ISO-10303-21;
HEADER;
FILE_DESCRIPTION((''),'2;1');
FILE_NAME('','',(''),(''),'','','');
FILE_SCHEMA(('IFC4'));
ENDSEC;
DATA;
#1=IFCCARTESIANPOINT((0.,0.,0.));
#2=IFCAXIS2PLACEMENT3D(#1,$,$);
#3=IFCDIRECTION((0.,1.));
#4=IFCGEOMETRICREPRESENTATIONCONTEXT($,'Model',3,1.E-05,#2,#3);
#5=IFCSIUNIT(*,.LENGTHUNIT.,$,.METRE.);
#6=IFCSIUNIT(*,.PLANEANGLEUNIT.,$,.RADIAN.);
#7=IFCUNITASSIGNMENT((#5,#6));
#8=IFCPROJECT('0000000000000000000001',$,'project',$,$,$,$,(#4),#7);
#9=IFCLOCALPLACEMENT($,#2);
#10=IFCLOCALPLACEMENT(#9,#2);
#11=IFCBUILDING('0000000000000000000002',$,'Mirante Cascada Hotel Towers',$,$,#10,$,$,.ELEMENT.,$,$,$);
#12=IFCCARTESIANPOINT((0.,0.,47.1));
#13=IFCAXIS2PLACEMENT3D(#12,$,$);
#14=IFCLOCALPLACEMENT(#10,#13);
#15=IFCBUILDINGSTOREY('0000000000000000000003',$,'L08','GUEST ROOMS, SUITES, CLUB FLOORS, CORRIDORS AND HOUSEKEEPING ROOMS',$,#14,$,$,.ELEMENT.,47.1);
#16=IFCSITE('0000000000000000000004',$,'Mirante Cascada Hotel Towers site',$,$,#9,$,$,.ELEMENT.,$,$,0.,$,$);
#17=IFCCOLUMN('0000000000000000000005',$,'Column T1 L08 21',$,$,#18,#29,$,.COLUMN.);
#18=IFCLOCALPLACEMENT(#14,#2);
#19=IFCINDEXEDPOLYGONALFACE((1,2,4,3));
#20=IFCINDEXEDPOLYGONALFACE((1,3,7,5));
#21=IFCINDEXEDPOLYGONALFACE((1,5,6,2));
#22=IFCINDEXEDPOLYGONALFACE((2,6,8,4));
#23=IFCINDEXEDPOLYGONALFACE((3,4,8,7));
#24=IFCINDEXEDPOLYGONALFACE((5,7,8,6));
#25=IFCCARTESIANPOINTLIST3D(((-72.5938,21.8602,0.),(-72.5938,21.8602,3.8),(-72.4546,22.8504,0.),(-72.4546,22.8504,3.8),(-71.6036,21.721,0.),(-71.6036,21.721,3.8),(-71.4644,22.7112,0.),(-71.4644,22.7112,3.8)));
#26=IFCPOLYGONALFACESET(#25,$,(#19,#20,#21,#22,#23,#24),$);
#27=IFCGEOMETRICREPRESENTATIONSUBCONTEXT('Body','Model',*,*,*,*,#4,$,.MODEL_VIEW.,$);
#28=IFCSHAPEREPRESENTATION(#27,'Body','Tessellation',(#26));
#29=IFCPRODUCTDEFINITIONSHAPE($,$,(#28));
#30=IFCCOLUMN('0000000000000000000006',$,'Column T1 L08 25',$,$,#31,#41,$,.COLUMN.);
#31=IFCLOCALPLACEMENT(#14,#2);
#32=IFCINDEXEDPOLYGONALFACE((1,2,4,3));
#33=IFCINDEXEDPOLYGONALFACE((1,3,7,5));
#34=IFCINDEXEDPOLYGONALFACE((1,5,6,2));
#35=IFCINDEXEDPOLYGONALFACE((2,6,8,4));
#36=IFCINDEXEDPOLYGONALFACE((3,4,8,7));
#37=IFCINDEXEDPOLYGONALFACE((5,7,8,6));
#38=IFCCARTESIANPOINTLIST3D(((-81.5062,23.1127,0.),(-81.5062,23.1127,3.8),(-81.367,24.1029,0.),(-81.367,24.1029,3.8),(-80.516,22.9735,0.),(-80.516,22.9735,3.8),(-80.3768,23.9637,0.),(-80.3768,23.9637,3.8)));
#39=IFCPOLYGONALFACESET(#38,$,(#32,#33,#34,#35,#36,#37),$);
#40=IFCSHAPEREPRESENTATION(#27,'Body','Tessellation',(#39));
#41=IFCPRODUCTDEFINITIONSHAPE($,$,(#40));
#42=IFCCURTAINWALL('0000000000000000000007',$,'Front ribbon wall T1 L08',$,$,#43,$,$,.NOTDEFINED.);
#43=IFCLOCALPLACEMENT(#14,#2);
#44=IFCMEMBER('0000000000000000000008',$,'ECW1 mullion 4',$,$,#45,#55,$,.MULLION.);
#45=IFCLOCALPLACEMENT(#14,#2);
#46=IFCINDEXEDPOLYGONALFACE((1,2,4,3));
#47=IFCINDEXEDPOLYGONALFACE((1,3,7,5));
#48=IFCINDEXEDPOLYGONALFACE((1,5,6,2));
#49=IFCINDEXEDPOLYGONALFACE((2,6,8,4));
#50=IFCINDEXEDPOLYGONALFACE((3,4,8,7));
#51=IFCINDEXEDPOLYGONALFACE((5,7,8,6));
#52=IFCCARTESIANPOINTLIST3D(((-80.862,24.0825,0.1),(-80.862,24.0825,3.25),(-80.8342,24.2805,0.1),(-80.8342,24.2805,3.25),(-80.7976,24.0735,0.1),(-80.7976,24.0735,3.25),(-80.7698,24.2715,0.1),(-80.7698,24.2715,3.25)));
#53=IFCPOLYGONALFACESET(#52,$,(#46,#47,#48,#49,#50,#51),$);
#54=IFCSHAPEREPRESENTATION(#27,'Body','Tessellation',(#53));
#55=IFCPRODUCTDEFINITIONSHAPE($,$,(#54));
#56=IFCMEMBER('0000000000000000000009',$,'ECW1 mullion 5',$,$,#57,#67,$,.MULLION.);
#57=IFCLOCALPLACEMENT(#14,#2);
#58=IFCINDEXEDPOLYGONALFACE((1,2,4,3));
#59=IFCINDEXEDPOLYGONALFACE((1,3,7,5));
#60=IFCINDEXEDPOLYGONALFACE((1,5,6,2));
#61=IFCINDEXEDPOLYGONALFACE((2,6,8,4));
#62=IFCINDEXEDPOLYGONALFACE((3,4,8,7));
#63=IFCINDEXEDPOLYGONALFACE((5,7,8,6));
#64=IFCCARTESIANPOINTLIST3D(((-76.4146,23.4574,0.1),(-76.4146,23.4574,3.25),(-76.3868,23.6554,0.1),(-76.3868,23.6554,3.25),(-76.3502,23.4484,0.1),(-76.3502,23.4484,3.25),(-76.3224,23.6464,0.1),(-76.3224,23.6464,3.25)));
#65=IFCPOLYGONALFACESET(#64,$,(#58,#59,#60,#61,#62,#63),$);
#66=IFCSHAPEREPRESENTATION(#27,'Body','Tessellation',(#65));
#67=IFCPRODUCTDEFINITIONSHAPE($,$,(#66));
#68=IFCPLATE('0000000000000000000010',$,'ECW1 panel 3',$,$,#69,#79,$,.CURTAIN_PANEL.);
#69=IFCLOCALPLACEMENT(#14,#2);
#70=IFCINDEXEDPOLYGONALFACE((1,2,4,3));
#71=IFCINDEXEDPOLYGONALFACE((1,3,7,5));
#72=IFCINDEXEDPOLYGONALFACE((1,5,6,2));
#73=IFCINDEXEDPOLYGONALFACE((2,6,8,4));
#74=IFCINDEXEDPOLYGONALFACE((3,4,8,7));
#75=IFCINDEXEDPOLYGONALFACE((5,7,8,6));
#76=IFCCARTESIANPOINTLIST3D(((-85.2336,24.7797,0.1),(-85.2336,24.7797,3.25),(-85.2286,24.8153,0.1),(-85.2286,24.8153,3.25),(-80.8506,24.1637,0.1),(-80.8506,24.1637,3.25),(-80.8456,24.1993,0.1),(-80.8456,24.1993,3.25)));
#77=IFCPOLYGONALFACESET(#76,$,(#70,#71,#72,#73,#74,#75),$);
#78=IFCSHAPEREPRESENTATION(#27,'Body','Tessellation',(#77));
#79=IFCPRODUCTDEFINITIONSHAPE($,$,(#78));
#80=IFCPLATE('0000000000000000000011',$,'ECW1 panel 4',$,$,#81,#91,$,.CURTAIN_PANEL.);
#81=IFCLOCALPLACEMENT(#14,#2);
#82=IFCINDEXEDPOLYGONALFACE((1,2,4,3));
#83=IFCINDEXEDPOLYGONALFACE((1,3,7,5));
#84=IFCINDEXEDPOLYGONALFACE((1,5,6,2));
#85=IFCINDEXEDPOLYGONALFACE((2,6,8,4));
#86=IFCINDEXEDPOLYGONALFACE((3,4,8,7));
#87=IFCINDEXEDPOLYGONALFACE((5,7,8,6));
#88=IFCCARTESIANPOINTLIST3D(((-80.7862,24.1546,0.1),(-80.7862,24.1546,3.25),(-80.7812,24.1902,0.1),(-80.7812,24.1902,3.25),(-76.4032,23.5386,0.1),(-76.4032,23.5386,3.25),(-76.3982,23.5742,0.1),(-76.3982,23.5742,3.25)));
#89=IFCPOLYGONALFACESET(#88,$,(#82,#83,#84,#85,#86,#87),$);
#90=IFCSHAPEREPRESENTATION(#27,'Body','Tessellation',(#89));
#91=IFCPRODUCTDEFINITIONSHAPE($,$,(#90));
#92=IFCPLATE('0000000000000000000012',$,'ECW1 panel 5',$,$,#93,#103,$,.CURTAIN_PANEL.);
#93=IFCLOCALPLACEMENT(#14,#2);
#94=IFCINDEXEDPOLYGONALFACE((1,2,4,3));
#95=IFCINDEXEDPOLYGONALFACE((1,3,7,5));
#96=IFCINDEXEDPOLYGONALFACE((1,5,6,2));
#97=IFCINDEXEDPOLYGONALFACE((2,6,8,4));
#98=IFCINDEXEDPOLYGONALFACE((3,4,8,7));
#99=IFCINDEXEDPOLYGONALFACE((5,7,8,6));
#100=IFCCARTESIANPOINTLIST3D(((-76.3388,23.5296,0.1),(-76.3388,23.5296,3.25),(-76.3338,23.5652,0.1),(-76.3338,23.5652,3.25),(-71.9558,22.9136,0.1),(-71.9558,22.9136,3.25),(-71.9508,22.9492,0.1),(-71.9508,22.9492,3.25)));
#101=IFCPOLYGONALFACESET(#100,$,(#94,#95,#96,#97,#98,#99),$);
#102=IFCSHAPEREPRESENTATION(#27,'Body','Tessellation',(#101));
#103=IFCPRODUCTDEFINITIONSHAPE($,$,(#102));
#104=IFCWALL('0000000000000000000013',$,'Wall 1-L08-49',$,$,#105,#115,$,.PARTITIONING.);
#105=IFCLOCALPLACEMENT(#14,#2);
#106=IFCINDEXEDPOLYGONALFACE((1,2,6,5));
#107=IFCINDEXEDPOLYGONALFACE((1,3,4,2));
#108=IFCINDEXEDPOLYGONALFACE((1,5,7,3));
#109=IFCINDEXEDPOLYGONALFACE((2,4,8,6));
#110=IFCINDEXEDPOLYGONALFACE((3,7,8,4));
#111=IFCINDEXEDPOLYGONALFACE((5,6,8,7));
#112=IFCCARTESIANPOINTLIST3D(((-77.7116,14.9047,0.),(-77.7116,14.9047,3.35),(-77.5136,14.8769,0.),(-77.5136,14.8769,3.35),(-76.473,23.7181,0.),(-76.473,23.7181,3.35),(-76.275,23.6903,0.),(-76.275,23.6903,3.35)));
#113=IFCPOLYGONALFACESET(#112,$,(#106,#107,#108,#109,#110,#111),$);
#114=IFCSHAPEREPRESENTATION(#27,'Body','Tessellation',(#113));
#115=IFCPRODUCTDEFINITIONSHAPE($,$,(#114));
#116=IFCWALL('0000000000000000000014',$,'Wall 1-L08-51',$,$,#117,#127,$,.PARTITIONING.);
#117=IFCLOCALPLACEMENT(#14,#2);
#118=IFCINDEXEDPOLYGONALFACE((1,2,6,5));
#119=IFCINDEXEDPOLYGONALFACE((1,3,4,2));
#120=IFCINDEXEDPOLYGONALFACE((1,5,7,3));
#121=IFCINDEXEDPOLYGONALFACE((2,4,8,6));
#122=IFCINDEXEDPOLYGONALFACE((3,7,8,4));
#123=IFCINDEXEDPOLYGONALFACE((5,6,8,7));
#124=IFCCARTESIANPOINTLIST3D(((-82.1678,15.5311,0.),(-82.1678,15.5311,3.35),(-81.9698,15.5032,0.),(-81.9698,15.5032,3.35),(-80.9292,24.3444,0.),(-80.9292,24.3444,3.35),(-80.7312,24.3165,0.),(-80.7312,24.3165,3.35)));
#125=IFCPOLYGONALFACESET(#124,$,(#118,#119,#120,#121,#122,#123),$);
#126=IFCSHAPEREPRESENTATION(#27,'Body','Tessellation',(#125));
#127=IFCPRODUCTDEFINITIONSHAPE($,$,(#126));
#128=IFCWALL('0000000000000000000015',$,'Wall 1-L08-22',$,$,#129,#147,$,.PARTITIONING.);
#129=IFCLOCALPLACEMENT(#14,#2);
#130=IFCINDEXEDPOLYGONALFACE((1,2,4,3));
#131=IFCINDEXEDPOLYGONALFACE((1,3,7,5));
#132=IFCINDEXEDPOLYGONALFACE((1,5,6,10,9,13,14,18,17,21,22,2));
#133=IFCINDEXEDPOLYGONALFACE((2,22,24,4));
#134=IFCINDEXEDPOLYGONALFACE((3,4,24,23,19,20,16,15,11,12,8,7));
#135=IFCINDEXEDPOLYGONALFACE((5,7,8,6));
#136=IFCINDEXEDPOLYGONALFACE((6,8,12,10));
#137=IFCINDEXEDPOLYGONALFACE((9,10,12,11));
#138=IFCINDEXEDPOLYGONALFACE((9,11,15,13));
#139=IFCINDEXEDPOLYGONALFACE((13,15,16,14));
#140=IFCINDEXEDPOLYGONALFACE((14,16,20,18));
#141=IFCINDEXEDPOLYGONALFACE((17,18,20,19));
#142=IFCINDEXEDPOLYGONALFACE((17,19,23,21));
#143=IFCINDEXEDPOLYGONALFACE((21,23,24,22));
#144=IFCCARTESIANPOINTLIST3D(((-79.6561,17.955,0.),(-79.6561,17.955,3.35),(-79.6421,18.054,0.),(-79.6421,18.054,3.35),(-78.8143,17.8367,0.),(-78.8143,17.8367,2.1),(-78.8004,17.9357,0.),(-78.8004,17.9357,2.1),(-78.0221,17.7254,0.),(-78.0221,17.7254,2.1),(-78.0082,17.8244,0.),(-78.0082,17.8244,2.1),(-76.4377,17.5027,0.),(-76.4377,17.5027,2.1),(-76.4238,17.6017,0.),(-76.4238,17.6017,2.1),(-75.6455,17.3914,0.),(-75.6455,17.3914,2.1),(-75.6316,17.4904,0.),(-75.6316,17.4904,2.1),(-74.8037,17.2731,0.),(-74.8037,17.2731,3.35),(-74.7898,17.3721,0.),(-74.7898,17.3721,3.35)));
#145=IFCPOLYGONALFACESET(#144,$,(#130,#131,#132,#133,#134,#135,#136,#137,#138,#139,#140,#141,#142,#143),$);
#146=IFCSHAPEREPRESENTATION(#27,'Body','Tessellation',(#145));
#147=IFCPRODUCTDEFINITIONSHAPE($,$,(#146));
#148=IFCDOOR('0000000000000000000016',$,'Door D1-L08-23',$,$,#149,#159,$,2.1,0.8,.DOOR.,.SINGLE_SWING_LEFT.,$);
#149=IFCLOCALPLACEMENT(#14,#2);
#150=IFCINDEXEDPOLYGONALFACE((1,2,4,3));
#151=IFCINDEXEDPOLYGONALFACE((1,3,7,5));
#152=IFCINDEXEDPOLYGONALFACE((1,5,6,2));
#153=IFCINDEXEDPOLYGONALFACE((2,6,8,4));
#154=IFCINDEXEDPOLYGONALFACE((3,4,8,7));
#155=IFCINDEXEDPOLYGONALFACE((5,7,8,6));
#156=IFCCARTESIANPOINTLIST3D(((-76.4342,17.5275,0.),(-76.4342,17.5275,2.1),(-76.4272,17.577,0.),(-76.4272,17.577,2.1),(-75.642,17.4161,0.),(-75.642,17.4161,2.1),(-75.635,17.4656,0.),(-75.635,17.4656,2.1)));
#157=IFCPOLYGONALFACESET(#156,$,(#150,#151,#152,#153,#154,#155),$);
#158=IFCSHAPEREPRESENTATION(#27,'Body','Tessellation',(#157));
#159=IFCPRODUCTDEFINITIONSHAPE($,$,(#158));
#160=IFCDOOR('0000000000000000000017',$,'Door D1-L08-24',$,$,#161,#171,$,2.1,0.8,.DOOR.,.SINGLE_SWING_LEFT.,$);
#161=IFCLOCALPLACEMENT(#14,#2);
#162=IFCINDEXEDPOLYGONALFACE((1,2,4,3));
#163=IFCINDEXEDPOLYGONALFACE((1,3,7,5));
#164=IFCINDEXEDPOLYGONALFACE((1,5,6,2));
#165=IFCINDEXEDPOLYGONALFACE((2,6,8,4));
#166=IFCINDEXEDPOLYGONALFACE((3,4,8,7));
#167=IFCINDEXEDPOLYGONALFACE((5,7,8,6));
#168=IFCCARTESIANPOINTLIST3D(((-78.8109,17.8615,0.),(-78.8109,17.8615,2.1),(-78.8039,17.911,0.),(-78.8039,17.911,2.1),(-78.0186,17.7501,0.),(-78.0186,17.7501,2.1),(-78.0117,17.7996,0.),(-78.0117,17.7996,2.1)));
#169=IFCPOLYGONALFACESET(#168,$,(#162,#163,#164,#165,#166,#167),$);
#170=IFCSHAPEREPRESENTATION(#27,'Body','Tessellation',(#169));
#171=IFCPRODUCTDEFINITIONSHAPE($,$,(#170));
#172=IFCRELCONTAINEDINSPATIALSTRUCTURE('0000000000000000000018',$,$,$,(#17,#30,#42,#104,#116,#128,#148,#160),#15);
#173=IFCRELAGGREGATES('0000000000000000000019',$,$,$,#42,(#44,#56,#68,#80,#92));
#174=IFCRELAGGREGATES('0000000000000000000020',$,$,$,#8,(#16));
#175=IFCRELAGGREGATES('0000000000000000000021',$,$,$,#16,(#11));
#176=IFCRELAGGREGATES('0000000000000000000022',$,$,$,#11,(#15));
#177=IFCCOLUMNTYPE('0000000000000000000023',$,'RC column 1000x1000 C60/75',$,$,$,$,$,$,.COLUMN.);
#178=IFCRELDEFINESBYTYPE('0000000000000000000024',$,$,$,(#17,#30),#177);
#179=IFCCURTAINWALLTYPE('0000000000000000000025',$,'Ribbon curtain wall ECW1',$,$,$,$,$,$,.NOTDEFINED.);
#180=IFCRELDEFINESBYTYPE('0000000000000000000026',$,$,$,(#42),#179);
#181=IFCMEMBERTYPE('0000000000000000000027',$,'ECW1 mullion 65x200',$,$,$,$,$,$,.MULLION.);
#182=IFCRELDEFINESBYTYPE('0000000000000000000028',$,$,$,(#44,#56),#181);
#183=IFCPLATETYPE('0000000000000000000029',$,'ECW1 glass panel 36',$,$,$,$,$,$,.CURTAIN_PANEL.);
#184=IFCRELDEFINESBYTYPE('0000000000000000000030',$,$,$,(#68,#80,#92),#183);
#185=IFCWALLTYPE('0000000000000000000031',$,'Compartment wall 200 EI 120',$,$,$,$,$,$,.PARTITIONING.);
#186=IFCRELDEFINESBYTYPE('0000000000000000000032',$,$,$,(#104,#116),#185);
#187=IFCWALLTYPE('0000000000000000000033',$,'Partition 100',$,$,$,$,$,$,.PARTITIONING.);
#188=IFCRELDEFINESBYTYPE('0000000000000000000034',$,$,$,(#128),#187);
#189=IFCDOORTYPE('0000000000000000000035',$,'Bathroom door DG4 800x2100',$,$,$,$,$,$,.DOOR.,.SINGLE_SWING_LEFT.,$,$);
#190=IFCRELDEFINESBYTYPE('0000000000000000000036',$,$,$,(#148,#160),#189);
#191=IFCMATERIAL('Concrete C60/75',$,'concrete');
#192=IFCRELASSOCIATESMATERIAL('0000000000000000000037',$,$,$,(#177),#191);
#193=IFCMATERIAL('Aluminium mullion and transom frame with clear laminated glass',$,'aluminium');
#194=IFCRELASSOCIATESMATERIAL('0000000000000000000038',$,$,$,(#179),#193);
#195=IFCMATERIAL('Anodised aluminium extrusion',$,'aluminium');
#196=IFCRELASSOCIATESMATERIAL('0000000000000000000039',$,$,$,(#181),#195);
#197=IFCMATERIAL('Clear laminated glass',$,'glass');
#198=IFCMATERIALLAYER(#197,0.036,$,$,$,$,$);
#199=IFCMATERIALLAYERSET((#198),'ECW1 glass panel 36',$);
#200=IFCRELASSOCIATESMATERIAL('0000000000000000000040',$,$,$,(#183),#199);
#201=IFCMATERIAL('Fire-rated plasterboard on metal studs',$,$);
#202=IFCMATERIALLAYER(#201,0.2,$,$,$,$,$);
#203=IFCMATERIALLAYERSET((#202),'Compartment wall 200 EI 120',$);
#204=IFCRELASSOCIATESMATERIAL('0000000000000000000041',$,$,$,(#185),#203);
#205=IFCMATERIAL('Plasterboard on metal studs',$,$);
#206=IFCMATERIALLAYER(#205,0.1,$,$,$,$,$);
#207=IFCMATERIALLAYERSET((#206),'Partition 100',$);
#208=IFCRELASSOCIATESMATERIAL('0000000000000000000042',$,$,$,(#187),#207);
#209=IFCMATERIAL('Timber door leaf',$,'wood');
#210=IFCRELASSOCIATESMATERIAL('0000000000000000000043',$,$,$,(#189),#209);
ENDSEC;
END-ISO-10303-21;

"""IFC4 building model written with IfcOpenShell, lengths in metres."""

from ifc_helpers import new_model, si_unit, direction, frame, frame_2d, origin, origin_2d, place, context, subcontext, project, spatial, rectangle, extrude, material, layer, layer_set, material_profile, profile_set, type_object, element, fill, aggregate, save


model = new_model("IFC4")

# Units and contexts
model_context = context("Model", 3, precision=1e-05, world=origin(), true_north=direction((0.0, 1.0)))
body_context = subcontext(model_context, "Body", "Model", "MODEL_VIEW")
ifc_project = project(units=[si_unit("LENGTHUNIT", "METRE"), si_unit("PLANEANGLEUNIT", "RADIAN")], contexts=[model_context])

# Site, building, storey
site_placement = place(None, origin())
site = spatial("IfcSite", under=ifc_project, at=site_placement, Name="Mirante Cascada Hotel Towers site", CompositionType="ELEMENT", RefElevation=0.0)
building_placement = place(site_placement, origin())
building = spatial("IfcBuilding", under=site, at=building_placement, Name="Mirante Cascada Hotel Towers", CompositionType="ELEMENT")
storey_placement = place(building_placement, frame((0.0, 0.0, 47.1)))
storey = spatial("IfcBuildingStorey", under=building, at=storey_placement, Name="L08", Description="GUEST ROOMS, SUITES, CLUB FLOORS, CORRIDORS AND HOUSEKEEPING ROOMS", CompositionType="ELEMENT", Elevation=47.1)

# Columns
ifc_material_1 = material(Name="Concrete C60/75", Category="concrete")
ifc_material_profile_1 = material_profile(ifc_material_1, rectangle(XDim=1.0, YDim=1.0, at=origin_2d()), Name="RC column 1000x1000 C60/75")
ifc_profile_set_1 = profile_set([ifc_material_profile_1], Name="Concrete C60/75")
column_type = type_object("IfcColumnType", Name="RC column 1000x1000 C60/75", PredefinedType="COLUMN", material=ifc_profile_set_1)
for number, where, z_axis, x_axis, name in (
    (1, (-72.0291, 22.2857, 0.0), (0.0, 0.0, 1.0), (-0.990268, 0.139173, 0.0), "Column T1 L08 21"),
    (2, (-80.9415, 23.5382, 0.0), (0.0, 0.0, 1.0), (-0.990268, 0.139173, 0.0), "Column T1 L08 25"),
):
    element("IfcColumn", number, at=place(storey_placement, frame(where, z_axis=z_axis, x_axis=x_axis)), inside=storey, type_object=column_type, Name=name, PredefinedType="COLUMN", context=body_context, shape_type="SweptSolid", body=[
        extrude(rectangle(XDim=1.0, YDim=1.0, at=origin_2d()), origin(), (0.0, 0.0, 1.0), 3.8),
    ])

# Curtain wall, members, plates
ifc_material_2 = material(Name="Aluminium mullion and transom frame with clear laminated glass", Category="aluminium")
curtain_wall_type = type_object("IfcCurtainWallType", Name="Ribbon curtain wall ECW1", PredefinedType="NOTDEFINED", material=ifc_material_2)
curtain_wall_placement = place(storey_placement, origin())
curtain_wall = element("IfcCurtainWall", 3, at=curtain_wall_placement, inside=storey, type_object=curtain_wall_type, Name="Front ribbon wall T1 L08", PredefinedType="NOTDEFINED")
ifc_material_3 = material(Name="Anodised aluminium extrusion", Category="aluminium")
ifc_material_profile_2 = material_profile(ifc_material_3, rectangle(XDim=0.2, YDim=0.065, at=origin_2d()), Name="ECW1 MULLION 65x200")
ifc_profile_set_2 = profile_set([ifc_material_profile_2], Name="Anodised aluminium extrusion")
member_type = type_object("IfcMemberType", Name="ECW1 mullion 65x200", PredefinedType="MULLION", material=ifc_profile_set_2)
member_1_placement = place(storey_placement, frame((-80.8159, 24.177, 0.1), z_axis=(0.0, 0.0, 1.0), x_axis=(0.139173, 0.990268, 0.0)))
member_1 = element("IfcMember", 4, at=member_1_placement, type_object=member_type, Name="ECW1 mullion 4", PredefinedType="MULLION", context=body_context, shape_type="SweptSolid", body=[
    extrude(rectangle(XDim=0.2, YDim=0.065, at=origin_2d()), origin(), (0.0, 0.0, 1.0), 3.15),
])
member_2_placement = place(storey_placement, frame((-76.3685, 23.5519, 0.1), z_axis=(0.0, 0.0, 1.0), x_axis=(0.139173, 0.990268, 0.0)))
member_2 = element("IfcMember", 5, at=member_2_placement, type_object=member_type, Name="ECW1 mullion 5", PredefinedType="MULLION", context=body_context, shape_type="SweptSolid", body=[
    extrude(rectangle(XDim=0.2, YDim=0.065, at=origin_2d()), origin(), (0.0, 0.0, 1.0), 3.15),
])
ifc_material_4 = material(Name="Clear laminated glass", Category="glass")
ifc_layer_1 = layer(ifc_material_4, 0.036)
ifc_layer_set_1 = layer_set([ifc_layer_1], Name="ECW1 glass panel 36")
plate_type = type_object("IfcPlateType", Name="ECW1 glass panel 36", PredefinedType="CURTAIN_PANEL", material=ifc_layer_set_1)
plate_1_placement = place(storey_placement, frame((-83.0396, 24.4895, 0.1), z_axis=(0.0, 0.0, 1.0), x_axis=(0.990268, -0.139173, 0.0)))
plate_1 = element("IfcPlate", 6, at=plate_1_placement, type_object=plate_type, Name="ECW1 panel 3", PredefinedType="CURTAIN_PANEL", context=body_context, shape_type="SweptSolid", body=[
    extrude(rectangle(XDim=4.4261, YDim=0.036, at=origin_2d()), origin(), (0.0, 0.0, 1.0), 3.15),
])
plate_2_placement = place(storey_placement, frame((-78.5922, 23.8644, 0.1), z_axis=(0.0, 0.0, 1.0), x_axis=(0.990268, -0.139173, 0.0)))
plate_2 = element("IfcPlate", 7, at=plate_2_placement, type_object=plate_type, Name="ECW1 panel 4", PredefinedType="CURTAIN_PANEL", context=body_context, shape_type="SweptSolid", body=[
    extrude(rectangle(XDim=4.4261, YDim=0.036, at=origin_2d()), origin(), (0.0, 0.0, 1.0), 3.15),
])
plate_3_placement = place(storey_placement, frame((-74.1448, 23.2394, 0.1), z_axis=(0.0, 0.0, 1.0), x_axis=(0.990268, -0.139173, 0.0)))
plate_3 = element("IfcPlate", 8, at=plate_3_placement, type_object=plate_type, Name="ECW1 panel 5", PredefinedType="CURTAIN_PANEL", context=body_context, shape_type="SweptSolid", body=[
    extrude(rectangle(XDim=4.4261, YDim=0.036, at=origin_2d()), origin(), (0.0, 0.0, 1.0), 3.15),
])
aggregate(curtain_wall, [member_1, member_2, plate_1, plate_2, plate_3])

# Walls
ifc_material_5 = material(Name="Fire-rated plasterboard on metal studs")
ifc_layer_2 = layer(ifc_material_5, 0.2)
ifc_layer_set_2 = layer_set([ifc_layer_2], Name="Compartment wall 200 EI 120")
wall_type_1 = type_object("IfcWallType", Name="Compartment wall 200 EI 120", PredefinedType="PARTITIONING", material=ifc_layer_set_2)
wall_1_placement = place(storey_placement, frame((-77.6126, 14.8908, 0.0), z_axis=(0.0, 0.0, 1.0), x_axis=(0.139168, 0.990269, 0.0)))
element("IfcWall", 9, at=wall_1_placement, inside=storey, type_object=wall_type_1, Name="Wall 1-L08-49", PredefinedType="PARTITIONING", context=body_context, shape_type="SweptSolid", body=[
    extrude(rectangle(XDim=8.9, YDim=0.2, at=frame_2d((4.45, 0.0))), origin(), (0.0, 0.0, 1.0), 3.35),
])
wall_2_placement = place(storey_placement, frame((-82.0688, 15.5171, 0.0), z_axis=(0.0, 0.0, 1.0), x_axis=(0.13917, 0.990268, 0.0)))
element("IfcWall", 10, at=wall_2_placement, inside=storey, type_object=wall_type_1, Name="Wall 1-L08-51", PredefinedType="PARTITIONING", context=body_context, shape_type="SweptSolid", body=[
    extrude(rectangle(XDim=8.8999, YDim=0.2, at=frame_2d((4.45, 0.0))), origin(), (0.0, 0.0, 1.0), 3.35),
])

# Wall, openings, doors
ifc_material_6 = material(Name="Plasterboard on metal studs")
ifc_layer_3 = layer(ifc_material_6, 0.1)
ifc_layer_set_3 = layer_set([ifc_layer_3], Name="Partition 100")
wall_type_2 = type_object("IfcWallType", Name="Partition 100", PredefinedType="PARTITIONING", material=ifc_layer_set_3)
wall_3_placement = place(storey_placement, frame((-79.6491, 18.0045, 0.0), z_axis=(0.0, 0.0, 1.0), x_axis=(0.990269, -0.139164, 0.0)))
wall_3 = element("IfcWall", 11, at=wall_3_placement, inside=storey, type_object=wall_type_2, Name="Wall 1-L08-22", PredefinedType="PARTITIONING", context=body_context, shape_type="SweptSolid", body=[
    extrude(rectangle(XDim=4.9, YDim=0.1, at=frame_2d((2.45, 0.0))), origin(), (0.0, 0.0, 1.0), 3.35),
])
opening_1_placement = place(wall_3_placement, frame((3.25, 0.0, 0.0)))
opening_1 = element("IfcOpeningElement", 12, at=opening_1_placement, cuts=wall_3, PredefinedType="OPENING", context=body_context, shape_type="SweptSolid", body=[
    extrude(rectangle(XDim=0.8, YDim=2.1, at=frame_2d((0.4, 1.05))), frame((0.0, 0.05, 0.0), z_axis=(0.0, -1.0, 0.0), x_axis=(1.0, 0.0, 0.0)), (0.0, 0.0, 1.0), 0.1),
])
opening_2_placement = place(wall_3_placement, frame((0.85, 0.0, 0.0)))
opening_2 = element("IfcOpeningElement", 13, at=opening_2_placement, cuts=wall_3, PredefinedType="OPENING", context=body_context, shape_type="SweptSolid", body=[
    extrude(rectangle(XDim=0.8, YDim=2.1, at=frame_2d((0.4, 1.05))), frame((0.0, 0.05, 0.0), z_axis=(0.0, -1.0, 0.0), x_axis=(1.0, 0.0, 0.0)), (0.0, 0.0, 1.0), 0.1),
])
ifc_material_7 = material(Name="Timber door leaf", Category="wood")
door_type = type_object("IfcDoorType", Name="Bathroom door DG4 800x2100", OperationType="SINGLE_SWING_LEFT", PredefinedType="DOOR", material=ifc_material_7)
door_1_placement = place(opening_1_placement, origin())
door_1 = element("IfcDoor", 14, at=door_1_placement, inside=storey, type_object=door_type, Name="Door D1-L08-23", OperationType="SINGLE_SWING_LEFT", OverallHeight=2.1, OverallWidth=0.8, PredefinedType="DOOR", context=body_context, shape_type="SweptSolid", body=[
    extrude(rectangle(XDim=0.8, YDim=2.1, at=frame_2d((0.4, 1.05))), frame((0.0, 0.025, 0.0), z_axis=(0.0, -1.0, 0.0), x_axis=(1.0, 0.0, 0.0)), (0.0, 0.0, 1.0), 0.05),
])
fill(opening_1, door_1)
door_2_placement = place(opening_2_placement, origin())
door_2 = element("IfcDoor", 15, at=door_2_placement, inside=storey, type_object=door_type, Name="Door D1-L08-24", OperationType="SINGLE_SWING_LEFT", OverallHeight=2.1, OverallWidth=0.8, PredefinedType="DOOR", context=body_context, shape_type="SweptSolid", body=[
    extrude(rectangle(XDim=0.8, YDim=2.1, at=frame_2d((0.4, 1.05))), frame((0.0, 0.025, 0.0), z_axis=(0.0, -1.0, 0.0), x_axis=(1.0, 0.0, 0.0)), (0.0, 0.0, 1.0), 0.05),
])
fill(opening_2, door_2)

save(model, "model.ifc")
